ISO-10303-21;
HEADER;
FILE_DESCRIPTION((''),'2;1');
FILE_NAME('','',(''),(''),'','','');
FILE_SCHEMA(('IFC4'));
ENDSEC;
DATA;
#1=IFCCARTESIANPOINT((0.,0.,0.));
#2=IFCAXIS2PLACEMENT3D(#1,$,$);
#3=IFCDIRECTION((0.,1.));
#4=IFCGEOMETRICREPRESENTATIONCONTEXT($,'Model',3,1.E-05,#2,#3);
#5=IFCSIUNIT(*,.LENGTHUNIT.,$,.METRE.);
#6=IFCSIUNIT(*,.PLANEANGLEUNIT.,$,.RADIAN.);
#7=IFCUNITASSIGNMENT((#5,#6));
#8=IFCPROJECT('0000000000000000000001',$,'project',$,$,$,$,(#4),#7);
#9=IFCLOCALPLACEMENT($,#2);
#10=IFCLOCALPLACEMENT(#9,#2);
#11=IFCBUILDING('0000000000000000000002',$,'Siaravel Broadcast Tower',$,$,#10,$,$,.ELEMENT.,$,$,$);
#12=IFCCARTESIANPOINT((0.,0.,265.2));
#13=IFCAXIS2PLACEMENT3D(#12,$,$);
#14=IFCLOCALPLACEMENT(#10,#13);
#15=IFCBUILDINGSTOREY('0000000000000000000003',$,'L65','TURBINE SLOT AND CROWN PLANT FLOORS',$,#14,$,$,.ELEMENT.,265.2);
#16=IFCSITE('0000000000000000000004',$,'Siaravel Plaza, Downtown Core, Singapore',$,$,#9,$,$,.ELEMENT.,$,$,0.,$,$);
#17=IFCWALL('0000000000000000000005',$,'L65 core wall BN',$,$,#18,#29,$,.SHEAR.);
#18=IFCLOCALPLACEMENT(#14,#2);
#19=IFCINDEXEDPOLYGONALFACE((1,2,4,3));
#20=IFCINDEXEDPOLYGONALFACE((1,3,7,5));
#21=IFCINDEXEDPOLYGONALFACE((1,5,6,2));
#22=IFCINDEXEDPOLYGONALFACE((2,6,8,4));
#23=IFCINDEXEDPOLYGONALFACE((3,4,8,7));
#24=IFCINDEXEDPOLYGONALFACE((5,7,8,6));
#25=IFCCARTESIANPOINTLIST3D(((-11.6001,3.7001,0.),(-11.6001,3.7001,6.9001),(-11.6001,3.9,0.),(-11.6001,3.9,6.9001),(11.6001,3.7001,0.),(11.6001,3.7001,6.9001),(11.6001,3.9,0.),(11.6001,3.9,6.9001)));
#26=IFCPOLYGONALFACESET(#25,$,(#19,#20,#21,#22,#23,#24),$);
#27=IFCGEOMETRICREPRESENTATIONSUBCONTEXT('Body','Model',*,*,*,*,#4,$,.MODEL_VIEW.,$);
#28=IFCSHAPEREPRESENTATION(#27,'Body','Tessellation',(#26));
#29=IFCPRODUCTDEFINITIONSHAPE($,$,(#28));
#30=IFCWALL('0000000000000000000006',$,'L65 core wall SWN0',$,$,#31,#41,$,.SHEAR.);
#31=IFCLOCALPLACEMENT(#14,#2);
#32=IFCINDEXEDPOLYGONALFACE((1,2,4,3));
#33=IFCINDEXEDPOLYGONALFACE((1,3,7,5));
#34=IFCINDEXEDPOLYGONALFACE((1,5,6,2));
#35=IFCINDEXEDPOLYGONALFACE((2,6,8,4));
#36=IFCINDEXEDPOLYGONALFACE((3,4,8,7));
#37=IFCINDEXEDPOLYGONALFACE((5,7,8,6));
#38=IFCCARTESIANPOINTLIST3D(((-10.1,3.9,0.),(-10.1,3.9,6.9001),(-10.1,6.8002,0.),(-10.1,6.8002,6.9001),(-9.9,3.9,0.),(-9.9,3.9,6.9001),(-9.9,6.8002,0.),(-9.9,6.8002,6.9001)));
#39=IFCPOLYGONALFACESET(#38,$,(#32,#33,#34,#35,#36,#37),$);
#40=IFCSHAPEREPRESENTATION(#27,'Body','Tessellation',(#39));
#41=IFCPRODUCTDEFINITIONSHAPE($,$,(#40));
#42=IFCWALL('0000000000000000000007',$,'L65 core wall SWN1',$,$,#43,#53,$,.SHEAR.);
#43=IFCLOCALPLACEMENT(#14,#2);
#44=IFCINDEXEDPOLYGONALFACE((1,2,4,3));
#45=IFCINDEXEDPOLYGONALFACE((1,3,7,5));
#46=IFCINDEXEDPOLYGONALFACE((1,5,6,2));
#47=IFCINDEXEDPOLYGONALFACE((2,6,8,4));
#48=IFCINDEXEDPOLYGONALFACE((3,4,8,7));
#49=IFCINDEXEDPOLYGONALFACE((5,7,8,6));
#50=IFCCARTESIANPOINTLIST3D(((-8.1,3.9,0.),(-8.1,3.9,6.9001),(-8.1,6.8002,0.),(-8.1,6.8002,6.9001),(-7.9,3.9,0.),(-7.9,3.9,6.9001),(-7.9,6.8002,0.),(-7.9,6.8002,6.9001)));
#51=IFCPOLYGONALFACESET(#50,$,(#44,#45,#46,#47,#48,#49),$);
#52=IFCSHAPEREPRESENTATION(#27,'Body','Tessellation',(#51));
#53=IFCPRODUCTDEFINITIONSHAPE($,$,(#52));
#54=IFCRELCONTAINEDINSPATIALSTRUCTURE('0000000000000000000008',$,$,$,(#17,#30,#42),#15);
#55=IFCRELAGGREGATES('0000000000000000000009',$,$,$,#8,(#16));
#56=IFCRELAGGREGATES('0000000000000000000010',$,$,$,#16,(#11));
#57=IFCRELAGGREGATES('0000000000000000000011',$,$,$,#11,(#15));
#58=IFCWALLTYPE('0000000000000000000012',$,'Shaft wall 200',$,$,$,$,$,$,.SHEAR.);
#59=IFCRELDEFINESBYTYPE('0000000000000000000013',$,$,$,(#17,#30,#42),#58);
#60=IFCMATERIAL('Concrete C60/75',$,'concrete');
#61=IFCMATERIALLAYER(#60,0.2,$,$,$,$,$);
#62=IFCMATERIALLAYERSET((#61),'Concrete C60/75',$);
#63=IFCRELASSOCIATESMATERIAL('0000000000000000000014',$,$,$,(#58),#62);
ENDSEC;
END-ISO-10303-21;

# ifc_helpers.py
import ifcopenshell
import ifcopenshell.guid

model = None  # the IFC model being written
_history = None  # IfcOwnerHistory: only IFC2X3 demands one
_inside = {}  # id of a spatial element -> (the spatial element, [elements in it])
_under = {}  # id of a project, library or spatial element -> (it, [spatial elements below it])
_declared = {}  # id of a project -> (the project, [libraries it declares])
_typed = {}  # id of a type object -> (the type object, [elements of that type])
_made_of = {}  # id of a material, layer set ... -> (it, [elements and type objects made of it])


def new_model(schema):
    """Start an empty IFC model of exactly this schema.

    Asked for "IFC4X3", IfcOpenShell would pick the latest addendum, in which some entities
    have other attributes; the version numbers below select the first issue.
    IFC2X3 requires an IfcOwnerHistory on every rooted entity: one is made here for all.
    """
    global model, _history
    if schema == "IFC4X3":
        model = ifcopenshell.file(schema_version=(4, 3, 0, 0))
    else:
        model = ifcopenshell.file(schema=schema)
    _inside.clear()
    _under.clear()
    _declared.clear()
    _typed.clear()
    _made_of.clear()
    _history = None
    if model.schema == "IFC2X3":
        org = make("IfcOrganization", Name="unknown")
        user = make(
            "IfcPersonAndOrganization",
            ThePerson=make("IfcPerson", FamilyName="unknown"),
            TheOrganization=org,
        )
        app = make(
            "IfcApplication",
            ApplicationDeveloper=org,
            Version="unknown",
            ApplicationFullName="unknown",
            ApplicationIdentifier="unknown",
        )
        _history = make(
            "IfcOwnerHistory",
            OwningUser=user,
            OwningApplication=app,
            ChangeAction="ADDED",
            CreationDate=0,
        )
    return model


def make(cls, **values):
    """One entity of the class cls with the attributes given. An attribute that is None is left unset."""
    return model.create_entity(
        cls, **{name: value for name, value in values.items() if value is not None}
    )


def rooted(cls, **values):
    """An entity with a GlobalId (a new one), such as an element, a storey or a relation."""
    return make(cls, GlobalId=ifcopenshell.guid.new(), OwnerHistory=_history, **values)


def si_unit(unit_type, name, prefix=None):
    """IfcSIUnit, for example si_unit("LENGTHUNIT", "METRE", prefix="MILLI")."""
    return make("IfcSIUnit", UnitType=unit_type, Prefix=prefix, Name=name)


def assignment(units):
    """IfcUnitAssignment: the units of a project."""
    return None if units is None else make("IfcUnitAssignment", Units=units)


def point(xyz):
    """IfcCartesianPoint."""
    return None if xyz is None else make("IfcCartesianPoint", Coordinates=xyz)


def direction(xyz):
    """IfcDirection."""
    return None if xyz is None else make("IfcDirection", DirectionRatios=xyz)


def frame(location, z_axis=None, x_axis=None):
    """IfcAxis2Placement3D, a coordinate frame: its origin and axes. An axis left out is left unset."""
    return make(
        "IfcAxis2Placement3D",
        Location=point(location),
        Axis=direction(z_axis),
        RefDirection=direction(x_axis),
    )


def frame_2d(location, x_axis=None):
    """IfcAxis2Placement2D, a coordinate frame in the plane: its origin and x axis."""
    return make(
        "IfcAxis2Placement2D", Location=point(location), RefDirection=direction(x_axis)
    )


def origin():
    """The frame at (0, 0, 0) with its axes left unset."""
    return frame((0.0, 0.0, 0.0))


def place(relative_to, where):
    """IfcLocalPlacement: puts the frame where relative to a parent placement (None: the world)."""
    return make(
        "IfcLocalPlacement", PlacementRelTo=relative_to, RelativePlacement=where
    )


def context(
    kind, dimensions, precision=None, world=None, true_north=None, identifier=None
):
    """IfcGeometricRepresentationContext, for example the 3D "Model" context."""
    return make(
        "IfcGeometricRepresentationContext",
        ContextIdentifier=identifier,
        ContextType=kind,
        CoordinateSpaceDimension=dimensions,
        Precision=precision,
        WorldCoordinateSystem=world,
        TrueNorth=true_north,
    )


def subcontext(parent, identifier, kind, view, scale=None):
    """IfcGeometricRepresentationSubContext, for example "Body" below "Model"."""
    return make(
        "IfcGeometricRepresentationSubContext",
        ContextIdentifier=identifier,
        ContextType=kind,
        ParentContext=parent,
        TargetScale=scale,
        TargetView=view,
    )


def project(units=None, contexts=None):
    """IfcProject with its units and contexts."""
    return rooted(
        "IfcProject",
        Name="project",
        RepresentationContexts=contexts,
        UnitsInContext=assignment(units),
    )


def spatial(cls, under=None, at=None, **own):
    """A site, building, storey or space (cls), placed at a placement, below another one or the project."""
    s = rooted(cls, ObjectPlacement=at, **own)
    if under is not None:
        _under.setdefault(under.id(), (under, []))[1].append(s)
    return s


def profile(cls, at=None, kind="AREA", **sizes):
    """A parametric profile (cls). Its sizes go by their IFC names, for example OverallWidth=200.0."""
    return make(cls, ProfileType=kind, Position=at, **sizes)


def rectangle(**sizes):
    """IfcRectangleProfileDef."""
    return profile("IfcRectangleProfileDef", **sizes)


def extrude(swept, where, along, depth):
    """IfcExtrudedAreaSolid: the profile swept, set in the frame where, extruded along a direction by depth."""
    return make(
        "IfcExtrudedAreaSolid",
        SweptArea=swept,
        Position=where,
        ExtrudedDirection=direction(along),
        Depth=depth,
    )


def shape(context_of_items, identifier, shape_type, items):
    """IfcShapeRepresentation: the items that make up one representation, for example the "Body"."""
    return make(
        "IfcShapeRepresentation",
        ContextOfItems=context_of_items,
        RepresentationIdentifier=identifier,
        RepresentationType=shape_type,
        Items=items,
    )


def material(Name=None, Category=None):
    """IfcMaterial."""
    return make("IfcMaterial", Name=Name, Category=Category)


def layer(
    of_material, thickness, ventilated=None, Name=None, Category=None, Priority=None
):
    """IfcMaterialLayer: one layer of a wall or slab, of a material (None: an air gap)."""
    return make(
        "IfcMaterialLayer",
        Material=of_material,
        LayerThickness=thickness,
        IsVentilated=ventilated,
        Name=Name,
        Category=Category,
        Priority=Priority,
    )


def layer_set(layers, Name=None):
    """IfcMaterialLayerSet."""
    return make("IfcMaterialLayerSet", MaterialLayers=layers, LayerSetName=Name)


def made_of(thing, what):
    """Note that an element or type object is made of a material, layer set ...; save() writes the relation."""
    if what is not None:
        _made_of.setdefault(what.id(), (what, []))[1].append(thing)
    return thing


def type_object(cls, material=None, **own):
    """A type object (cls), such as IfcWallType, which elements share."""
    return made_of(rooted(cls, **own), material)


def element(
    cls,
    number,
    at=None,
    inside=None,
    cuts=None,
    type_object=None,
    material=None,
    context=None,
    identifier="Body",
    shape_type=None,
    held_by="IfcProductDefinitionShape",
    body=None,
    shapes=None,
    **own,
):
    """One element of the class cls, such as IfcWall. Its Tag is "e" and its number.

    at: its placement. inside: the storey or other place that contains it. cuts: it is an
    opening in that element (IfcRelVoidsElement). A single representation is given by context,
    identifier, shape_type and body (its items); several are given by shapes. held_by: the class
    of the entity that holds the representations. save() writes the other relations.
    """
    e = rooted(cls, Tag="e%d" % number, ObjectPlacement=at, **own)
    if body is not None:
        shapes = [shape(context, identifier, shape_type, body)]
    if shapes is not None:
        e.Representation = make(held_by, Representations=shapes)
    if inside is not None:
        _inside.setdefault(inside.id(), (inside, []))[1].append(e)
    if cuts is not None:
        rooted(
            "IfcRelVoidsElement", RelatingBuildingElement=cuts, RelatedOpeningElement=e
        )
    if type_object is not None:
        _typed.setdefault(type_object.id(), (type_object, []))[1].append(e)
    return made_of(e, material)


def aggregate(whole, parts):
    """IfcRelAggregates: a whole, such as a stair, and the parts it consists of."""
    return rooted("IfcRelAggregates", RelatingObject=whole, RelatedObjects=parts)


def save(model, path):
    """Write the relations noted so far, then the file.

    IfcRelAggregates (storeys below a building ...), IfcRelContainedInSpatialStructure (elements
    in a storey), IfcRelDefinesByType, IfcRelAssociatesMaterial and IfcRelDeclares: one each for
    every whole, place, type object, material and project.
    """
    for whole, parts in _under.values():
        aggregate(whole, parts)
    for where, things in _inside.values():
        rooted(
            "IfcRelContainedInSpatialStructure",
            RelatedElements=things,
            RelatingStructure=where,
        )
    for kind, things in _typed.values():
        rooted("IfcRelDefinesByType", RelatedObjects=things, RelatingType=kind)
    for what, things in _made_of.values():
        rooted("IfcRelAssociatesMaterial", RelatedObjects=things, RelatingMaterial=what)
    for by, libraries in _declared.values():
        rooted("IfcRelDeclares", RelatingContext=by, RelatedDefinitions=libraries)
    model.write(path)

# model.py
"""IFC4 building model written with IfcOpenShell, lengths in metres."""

from ifc_helpers import new_model, si_unit, direction, frame, frame_2d, origin, place, context, subcontext, project, spatial, rectangle, extrude, material, layer, layer_set, type_object, element, save


model = new_model("IFC4")

# Units and contexts
model_context = context("Model", 3, precision=1e-05, world=origin(), true_north=direction((0.0, 1.0)))
body_context = subcontext(model_context, "Body", "Model", "MODEL_VIEW")
ifc_project = project(units=[si_unit("LENGTHUNIT", "METRE"), si_unit("PLANEANGLEUNIT", "RADIAN")], contexts=[model_context])

# Site, building, storey
site_placement = place(None, origin())
site = spatial("IfcSite", under=ifc_project, at=site_placement, Name="Siaravel Plaza, Downtown Core, Singapore", CompositionType="ELEMENT", RefElevation=0.0)
building_placement = place(site_placement, origin())
building = spatial("IfcBuilding", under=site, at=building_placement, Name="Siaravel Broadcast Tower", CompositionType="ELEMENT")
storey_placement = place(building_placement, frame((0.0, 0.0, 265.2)))
storey = spatial("IfcBuildingStorey", under=building, at=storey_placement, Name="L65", Description="TURBINE SLOT AND CROWN PLANT FLOORS", CompositionType="ELEMENT", Elevation=265.2)

# Shared definitions
ifc_material_1 = material(Name="Concrete C60/75", Category="concrete")

# Walls
ifc_layer_1 = layer(ifc_material_1, 0.2)
ifc_layer_set_1 = layer_set([ifc_layer_1], Name="Concrete C60/75")
wall_type_1 = type_object("IfcWallType", Name="Shaft wall 200", PredefinedType="SHEAR", material=ifc_layer_set_1)
wall_1_placement = place(storey_placement, frame((-11.6001, 3.8, 0.0), z_axis=(0.0, 0.0, 1.0), x_axis=(1.0, 0.0, 0.0)))
element("IfcWall", 1, at=wall_1_placement, inside=storey, type_object=wall_type_1, Name="L65 core wall BN", PredefinedType="SHEAR", context=body_context, shape_type="SweptSolid", body=[
    extrude(rectangle(XDim=23.2002, YDim=0.2, at=frame_2d((11.6001, 0.0))), origin(), (0.0, 0.0, 1.0), 6.9001),
])
for number, where, z_axis, x_axis, name in (
    (2, (-10.0, 3.8999, 0.0), (0.0, 0.0, 1.0), (0.0, 1.0, 0.0), "L65 core wall SWN0"),
    (3, (-8.0, 3.8999, 0.0), (0.0, 0.0, 1.0), (0.0, 1.0, 0.0), "L65 core wall SWN1"),
):
    element("IfcWall", number, at=place(storey_placement, frame(where, z_axis=z_axis, x_axis=x_axis)), inside=storey, type_object=wall_type_1, Name=name, PredefinedType="SHEAR", context=body_context, shape_type="SweptSolid", body=[
        extrude(rectangle(XDim=2.9001, YDim=0.2, at=frame_2d((1.4502, 0.0))), origin(), (0.0, 0.0, 1.0), 6.9001),
    ])

save(model, "model.ifc")
